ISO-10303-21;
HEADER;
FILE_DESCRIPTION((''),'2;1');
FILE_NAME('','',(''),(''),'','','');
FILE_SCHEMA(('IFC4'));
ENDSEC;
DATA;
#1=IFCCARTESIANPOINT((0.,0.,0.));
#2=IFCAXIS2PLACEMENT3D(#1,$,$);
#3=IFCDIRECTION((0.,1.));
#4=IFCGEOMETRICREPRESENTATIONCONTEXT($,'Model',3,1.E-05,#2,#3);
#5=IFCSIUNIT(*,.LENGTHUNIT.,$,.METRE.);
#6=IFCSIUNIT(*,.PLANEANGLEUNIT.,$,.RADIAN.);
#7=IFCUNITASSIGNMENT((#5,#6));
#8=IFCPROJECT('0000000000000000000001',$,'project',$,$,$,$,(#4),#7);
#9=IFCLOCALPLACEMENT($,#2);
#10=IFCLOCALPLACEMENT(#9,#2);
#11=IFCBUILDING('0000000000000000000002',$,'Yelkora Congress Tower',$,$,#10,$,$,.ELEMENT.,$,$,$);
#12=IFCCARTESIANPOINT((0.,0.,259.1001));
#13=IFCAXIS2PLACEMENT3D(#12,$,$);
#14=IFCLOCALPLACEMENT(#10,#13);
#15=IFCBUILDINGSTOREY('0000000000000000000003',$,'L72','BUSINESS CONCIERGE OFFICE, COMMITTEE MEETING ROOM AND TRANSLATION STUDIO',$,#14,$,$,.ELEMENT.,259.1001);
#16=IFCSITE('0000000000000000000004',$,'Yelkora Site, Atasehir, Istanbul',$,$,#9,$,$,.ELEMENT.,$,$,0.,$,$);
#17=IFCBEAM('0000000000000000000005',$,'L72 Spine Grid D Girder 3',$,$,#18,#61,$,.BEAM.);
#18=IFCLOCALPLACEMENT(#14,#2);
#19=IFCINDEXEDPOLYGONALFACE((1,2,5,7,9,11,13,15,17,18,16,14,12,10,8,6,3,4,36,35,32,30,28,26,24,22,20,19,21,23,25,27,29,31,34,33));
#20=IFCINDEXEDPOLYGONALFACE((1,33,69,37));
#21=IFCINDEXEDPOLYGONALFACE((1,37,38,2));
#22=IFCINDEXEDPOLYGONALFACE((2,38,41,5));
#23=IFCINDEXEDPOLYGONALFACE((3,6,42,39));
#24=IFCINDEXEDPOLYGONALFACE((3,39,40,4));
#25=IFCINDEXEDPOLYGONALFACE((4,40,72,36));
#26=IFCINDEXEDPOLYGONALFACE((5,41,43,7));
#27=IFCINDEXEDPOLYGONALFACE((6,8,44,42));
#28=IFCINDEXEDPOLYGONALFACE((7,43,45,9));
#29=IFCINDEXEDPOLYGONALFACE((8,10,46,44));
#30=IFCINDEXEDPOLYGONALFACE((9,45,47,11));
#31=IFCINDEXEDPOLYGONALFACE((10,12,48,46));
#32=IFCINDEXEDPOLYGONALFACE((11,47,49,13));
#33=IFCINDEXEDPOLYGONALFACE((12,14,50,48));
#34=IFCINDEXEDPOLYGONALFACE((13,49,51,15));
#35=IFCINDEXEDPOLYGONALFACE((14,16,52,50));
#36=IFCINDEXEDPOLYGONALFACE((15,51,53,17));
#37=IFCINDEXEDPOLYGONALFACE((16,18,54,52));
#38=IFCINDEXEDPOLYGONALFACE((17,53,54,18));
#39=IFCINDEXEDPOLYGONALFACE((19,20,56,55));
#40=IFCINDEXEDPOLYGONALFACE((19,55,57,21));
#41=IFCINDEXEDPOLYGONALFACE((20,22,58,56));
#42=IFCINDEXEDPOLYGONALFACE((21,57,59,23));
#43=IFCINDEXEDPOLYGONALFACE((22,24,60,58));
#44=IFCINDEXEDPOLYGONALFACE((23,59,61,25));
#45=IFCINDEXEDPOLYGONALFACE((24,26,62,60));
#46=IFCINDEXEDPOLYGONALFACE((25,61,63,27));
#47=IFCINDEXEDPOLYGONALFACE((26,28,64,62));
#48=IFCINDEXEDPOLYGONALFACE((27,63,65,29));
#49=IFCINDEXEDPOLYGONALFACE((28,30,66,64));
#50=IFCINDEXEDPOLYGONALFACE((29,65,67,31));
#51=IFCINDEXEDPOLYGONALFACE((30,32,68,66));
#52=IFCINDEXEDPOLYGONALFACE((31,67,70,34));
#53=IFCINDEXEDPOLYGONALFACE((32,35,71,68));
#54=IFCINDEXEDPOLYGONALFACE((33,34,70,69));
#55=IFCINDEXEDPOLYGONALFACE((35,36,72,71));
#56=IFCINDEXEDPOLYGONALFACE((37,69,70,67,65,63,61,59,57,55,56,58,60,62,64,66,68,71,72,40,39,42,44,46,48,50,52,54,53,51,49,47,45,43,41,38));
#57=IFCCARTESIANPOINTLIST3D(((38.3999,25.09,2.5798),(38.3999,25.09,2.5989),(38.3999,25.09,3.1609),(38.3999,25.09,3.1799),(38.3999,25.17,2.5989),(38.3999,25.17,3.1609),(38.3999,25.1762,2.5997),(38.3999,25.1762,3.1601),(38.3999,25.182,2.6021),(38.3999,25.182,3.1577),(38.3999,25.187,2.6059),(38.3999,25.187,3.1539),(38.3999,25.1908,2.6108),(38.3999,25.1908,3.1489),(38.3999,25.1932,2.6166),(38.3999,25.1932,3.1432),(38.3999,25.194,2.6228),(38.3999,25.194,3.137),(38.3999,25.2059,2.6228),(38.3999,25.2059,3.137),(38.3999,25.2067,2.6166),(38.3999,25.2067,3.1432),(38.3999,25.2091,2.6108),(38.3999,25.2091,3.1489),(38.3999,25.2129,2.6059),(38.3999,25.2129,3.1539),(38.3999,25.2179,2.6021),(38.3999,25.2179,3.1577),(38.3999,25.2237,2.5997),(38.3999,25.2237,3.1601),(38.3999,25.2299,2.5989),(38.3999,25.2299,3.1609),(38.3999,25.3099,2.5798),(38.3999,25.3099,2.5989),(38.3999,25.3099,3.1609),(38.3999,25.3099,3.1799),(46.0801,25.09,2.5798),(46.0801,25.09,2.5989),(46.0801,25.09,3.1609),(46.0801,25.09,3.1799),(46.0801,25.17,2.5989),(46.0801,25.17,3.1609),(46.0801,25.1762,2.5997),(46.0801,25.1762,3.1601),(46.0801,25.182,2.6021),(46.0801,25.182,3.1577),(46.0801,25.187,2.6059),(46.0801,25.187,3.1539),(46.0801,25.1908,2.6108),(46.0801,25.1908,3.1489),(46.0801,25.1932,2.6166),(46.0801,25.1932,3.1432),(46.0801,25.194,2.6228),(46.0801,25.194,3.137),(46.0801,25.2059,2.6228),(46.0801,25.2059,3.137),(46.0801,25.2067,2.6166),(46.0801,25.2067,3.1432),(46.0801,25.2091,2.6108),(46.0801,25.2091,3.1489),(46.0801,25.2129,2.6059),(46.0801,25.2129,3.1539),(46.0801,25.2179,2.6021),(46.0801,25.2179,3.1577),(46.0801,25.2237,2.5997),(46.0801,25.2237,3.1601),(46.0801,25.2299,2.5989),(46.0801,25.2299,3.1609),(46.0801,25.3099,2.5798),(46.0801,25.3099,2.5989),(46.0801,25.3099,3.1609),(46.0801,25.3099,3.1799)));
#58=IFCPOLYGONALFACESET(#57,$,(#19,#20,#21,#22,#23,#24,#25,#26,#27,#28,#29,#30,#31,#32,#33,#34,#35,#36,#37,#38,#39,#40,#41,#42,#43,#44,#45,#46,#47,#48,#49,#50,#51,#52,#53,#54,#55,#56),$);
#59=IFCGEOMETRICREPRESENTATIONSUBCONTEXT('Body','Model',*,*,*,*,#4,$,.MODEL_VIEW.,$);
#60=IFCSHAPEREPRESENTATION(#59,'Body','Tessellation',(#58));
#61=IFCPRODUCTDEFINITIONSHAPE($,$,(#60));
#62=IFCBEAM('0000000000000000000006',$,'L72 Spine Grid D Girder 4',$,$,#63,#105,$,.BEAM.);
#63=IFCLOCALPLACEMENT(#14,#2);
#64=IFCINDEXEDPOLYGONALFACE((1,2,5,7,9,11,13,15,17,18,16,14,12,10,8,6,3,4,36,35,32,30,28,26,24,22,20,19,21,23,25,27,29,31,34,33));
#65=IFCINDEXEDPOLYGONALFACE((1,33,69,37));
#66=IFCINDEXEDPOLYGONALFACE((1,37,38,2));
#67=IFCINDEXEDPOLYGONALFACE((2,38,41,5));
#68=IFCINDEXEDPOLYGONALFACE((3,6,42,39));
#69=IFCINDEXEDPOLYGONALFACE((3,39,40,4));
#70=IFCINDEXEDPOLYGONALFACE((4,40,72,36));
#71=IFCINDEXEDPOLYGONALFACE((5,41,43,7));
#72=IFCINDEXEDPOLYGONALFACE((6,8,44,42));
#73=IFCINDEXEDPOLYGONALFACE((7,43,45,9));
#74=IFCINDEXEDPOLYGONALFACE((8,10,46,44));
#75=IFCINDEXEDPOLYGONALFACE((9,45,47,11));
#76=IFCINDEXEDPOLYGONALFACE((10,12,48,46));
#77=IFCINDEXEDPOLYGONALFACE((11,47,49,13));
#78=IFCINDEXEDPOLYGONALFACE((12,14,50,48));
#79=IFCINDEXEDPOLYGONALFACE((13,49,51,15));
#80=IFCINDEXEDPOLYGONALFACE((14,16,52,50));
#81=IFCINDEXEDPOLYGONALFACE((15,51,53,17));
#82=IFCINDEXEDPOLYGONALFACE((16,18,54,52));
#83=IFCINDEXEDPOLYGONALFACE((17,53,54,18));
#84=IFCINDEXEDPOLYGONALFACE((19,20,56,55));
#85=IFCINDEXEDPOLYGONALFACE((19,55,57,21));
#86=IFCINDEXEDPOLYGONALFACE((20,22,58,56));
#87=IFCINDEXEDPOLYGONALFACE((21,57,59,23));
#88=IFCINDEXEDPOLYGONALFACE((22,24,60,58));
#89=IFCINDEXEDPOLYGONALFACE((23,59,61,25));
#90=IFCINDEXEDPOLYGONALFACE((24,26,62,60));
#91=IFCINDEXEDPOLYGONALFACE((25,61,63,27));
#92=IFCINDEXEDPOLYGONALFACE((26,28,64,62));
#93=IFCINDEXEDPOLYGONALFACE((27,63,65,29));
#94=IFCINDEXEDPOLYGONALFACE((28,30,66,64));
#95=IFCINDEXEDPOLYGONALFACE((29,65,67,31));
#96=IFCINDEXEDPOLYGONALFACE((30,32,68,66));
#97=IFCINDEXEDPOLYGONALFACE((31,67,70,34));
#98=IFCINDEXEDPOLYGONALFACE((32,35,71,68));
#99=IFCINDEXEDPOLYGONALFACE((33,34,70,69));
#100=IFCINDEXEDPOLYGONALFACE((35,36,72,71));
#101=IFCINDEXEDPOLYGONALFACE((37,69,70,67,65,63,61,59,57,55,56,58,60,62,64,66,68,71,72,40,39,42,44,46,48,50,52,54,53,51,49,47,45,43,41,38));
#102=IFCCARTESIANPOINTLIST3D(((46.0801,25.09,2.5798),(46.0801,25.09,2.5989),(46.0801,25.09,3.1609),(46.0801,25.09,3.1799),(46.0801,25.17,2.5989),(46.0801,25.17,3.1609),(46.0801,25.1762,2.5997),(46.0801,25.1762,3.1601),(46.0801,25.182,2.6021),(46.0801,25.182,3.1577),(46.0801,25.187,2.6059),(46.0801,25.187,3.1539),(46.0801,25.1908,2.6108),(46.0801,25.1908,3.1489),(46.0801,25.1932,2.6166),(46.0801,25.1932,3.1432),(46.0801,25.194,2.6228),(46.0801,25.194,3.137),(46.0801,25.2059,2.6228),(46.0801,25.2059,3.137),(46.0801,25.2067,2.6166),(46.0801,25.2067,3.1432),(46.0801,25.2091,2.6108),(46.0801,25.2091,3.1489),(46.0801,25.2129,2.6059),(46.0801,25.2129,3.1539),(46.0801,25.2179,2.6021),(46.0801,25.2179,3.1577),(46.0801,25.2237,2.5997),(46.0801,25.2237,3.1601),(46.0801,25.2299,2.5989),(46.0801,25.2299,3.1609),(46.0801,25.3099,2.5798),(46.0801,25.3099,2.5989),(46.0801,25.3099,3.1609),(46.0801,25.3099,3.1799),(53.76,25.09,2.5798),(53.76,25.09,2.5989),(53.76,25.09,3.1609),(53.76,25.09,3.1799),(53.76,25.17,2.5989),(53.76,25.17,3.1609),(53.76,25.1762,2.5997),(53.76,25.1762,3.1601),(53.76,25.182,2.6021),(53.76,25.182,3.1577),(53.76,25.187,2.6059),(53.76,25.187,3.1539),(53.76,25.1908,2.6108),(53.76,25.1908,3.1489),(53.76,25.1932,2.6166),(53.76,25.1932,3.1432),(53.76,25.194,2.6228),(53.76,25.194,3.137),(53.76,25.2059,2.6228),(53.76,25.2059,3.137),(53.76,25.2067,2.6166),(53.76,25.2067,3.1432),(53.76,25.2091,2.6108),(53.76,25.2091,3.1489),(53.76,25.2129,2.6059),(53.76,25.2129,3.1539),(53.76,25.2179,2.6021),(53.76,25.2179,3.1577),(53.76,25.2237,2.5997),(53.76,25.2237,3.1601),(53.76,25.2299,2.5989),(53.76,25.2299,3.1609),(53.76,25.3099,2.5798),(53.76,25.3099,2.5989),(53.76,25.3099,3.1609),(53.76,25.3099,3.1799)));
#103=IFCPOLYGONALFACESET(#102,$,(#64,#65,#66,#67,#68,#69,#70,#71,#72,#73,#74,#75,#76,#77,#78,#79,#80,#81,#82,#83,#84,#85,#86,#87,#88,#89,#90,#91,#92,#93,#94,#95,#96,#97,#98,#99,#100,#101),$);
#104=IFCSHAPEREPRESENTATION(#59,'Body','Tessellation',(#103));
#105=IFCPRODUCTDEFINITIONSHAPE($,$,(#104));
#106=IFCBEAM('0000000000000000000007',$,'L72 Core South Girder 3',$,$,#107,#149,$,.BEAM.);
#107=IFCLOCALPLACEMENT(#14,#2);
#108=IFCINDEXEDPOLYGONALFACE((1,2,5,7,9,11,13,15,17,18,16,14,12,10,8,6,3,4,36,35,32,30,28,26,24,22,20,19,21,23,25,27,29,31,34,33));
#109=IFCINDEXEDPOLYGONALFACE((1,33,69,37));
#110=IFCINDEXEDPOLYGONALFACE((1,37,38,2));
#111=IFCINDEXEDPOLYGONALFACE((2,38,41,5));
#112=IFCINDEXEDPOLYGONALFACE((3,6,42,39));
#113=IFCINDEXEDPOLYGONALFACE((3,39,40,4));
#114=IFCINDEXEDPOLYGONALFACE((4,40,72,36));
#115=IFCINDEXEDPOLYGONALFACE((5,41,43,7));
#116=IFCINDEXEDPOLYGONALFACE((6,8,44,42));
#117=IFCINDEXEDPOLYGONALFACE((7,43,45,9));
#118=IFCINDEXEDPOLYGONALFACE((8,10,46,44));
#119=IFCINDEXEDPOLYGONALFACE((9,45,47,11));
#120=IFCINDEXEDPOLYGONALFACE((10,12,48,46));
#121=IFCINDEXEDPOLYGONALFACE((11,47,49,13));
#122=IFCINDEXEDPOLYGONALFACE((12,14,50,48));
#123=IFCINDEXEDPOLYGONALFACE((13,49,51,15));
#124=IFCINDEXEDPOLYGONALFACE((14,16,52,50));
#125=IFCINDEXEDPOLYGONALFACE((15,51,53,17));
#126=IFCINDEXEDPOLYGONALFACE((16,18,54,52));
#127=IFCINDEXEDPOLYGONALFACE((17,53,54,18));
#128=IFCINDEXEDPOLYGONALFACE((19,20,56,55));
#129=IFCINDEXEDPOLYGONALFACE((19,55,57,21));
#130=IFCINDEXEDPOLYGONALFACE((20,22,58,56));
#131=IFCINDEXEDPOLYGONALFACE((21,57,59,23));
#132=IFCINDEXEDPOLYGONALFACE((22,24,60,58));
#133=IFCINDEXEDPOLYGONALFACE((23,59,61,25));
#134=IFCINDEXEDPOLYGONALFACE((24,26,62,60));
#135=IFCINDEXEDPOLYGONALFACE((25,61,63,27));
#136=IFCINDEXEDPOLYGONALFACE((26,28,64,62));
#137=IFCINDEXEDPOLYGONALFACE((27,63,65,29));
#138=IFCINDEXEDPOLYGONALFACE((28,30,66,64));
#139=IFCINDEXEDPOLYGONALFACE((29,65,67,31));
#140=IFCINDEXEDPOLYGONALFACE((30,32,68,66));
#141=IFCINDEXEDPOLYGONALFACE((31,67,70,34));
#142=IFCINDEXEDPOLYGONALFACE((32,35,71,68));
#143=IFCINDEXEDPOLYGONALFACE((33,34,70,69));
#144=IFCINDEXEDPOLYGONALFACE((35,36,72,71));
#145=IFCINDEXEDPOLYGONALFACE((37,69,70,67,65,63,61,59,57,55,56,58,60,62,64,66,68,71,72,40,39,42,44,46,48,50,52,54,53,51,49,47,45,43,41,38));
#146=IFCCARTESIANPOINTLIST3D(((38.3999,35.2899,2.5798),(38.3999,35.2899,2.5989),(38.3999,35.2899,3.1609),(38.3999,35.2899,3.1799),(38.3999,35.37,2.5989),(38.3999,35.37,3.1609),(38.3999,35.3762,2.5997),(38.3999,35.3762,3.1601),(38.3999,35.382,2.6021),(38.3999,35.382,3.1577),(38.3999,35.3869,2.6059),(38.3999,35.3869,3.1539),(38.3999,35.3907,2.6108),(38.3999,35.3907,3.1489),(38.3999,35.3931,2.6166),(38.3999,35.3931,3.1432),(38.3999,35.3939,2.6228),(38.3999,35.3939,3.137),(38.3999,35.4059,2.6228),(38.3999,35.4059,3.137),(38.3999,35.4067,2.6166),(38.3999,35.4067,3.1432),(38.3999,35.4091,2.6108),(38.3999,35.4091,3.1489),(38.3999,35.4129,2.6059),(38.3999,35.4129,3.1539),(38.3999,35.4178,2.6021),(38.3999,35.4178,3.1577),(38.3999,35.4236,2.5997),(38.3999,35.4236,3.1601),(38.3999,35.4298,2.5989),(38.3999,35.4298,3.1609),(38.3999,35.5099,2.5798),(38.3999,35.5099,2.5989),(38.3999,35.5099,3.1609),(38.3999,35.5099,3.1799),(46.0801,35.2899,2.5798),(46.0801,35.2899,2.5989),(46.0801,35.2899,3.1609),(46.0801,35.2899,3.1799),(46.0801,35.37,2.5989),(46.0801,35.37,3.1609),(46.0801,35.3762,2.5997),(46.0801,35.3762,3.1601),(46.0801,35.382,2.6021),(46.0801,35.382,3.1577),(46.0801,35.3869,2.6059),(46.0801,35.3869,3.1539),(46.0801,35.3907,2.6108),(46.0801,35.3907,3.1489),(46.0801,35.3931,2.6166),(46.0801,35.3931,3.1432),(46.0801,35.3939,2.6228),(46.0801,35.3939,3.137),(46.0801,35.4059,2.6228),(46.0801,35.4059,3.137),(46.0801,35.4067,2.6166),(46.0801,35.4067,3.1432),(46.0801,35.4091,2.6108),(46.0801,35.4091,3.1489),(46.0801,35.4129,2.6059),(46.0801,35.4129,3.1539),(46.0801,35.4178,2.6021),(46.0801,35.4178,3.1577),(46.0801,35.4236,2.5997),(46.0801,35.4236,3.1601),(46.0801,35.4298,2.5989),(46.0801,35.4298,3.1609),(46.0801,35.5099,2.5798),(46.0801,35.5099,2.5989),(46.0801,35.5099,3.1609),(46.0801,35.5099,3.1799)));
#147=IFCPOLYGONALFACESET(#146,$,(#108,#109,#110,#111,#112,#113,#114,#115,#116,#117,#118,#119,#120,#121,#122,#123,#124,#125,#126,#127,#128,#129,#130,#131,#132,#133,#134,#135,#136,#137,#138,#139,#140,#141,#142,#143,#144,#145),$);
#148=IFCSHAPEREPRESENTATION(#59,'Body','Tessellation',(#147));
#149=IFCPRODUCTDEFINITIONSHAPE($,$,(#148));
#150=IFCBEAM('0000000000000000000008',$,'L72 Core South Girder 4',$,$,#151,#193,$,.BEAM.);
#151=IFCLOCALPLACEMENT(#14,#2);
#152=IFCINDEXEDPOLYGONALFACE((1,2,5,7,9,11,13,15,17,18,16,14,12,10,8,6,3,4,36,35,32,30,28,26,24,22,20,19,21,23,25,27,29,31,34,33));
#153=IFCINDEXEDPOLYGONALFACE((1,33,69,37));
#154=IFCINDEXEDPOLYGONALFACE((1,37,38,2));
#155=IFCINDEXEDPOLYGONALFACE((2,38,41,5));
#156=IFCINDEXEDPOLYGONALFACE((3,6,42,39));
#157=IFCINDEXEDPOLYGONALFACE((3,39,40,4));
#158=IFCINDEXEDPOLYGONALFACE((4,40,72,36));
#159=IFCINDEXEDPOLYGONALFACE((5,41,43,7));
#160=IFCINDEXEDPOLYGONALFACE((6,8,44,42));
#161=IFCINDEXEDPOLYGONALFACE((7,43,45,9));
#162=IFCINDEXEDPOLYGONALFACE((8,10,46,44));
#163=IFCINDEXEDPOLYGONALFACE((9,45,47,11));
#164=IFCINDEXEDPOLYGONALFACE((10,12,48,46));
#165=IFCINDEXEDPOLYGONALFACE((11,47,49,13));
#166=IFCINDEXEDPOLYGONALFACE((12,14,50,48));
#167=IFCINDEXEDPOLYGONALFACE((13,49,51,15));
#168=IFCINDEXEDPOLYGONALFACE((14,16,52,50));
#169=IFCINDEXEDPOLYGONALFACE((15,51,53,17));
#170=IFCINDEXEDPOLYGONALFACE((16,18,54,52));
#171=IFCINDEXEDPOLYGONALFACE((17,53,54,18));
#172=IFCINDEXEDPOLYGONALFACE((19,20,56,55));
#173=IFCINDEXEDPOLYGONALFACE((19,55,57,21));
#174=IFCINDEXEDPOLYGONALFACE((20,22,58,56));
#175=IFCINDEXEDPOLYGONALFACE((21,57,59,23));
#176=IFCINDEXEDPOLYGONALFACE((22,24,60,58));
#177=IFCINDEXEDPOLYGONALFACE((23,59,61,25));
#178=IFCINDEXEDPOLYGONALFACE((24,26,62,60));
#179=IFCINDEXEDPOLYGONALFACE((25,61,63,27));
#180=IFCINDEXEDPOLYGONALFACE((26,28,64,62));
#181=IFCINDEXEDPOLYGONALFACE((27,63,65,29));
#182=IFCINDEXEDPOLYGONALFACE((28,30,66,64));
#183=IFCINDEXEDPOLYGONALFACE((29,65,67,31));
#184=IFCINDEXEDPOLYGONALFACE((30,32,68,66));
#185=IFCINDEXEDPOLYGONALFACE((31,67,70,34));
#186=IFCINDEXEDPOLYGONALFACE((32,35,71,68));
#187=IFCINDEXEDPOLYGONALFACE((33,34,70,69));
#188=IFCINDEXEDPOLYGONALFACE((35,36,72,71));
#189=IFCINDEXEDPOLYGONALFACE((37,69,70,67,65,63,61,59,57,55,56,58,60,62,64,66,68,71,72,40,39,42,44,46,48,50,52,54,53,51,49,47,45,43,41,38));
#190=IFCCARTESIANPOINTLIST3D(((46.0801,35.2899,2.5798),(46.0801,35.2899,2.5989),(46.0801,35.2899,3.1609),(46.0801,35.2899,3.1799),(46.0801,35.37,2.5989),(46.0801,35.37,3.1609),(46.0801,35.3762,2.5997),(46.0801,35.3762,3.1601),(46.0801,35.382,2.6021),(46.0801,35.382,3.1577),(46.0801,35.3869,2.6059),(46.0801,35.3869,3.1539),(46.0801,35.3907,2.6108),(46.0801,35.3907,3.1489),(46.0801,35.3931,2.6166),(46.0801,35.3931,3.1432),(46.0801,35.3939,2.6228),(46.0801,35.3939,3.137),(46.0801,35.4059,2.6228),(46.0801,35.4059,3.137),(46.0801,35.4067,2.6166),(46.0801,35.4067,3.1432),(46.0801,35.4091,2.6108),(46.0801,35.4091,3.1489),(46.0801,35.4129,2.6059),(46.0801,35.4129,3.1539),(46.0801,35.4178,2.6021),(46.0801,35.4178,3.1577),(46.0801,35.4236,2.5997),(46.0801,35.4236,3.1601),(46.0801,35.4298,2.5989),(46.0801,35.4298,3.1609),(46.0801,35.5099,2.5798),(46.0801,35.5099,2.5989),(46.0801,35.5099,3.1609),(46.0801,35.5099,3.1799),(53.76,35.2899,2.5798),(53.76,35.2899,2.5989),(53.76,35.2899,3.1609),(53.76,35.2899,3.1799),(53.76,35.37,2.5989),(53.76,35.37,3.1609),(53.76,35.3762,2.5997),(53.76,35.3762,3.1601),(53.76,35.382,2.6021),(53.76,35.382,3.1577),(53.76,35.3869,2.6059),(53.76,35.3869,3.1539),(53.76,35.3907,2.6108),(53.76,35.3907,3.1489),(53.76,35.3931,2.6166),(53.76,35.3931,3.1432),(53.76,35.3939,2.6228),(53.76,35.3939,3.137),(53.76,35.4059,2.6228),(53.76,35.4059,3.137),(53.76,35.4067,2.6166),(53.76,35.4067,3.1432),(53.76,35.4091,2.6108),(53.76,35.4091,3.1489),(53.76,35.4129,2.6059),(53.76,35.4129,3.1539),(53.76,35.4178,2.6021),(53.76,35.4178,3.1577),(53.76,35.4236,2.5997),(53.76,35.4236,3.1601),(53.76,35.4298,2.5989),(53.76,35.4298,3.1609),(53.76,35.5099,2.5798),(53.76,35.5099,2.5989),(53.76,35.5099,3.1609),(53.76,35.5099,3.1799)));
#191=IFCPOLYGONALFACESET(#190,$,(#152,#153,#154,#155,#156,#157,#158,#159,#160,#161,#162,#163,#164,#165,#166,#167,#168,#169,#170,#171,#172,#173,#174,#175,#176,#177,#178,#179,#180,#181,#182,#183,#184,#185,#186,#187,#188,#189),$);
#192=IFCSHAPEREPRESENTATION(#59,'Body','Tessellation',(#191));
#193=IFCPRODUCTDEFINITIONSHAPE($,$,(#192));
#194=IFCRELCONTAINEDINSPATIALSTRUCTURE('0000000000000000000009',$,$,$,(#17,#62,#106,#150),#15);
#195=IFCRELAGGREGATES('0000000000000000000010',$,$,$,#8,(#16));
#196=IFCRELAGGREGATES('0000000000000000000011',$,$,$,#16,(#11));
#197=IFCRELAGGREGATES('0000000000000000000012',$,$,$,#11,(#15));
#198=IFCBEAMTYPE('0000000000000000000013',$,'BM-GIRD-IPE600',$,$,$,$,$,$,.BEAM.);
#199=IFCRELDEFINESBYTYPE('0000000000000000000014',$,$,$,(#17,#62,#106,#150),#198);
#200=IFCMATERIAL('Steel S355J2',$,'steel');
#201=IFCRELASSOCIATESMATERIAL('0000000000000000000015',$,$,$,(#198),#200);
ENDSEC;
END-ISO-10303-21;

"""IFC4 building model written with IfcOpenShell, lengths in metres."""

from ifc_helpers import new_model, si_unit, direction, frame, origin, origin_2d, place, context, subcontext, project, spatial, i_section, extrude, material, material_profile, profile_set, type_object, element, save


model = new_model("IFC4")

# Units and contexts
model_context = context("Model", 3, precision=1e-05, world=origin(), true_north=direction((0.0, 1.0)))
body_context = subcontext(model_context, "Body", "Model", "MODEL_VIEW")
ifc_project = project(units=[si_unit("LENGTHUNIT", "METRE"), si_unit("PLANEANGLEUNIT", "RADIAN")], contexts=[model_context])

# Site, building, storey
site_placement = place(None, origin())
site = spatial("IfcSite", under=ifc_project, at=site_placement, Name="Yelkora Site, Atasehir, Istanbul", CompositionType="ELEMENT", RefElevation=0.0)
building_placement = place(site_placement, origin())
building = spatial("IfcBuilding", under=site, at=building_placement, Name="Yelkora Congress Tower", CompositionType="ELEMENT")
storey_placement = place(building_placement, frame((0.0, 0.0, 259.1001)))
storey = spatial("IfcBuildingStorey", under=building, at=storey_placement, Name="L72", Description="BUSINESS CONCIERGE OFFICE, COMMITTEE MEETING ROOM AND TRANSLATION STUDIO", CompositionType="ELEMENT", Elevation=259.1001)

# Beams
ifc_material_1 = material(Name="Steel S355J2", Category="steel")
ifc_material_profile_1 = material_profile(ifc_material_1, i_section(OverallWidth=0.22, OverallDepth=0.6001, WebThickness=0.012, FlangeThickness=0.019, FilletRadius=0.0239, at=origin_2d()), Name="IPE 600")
ifc_profile_set_1 = profile_set([ifc_material_profile_1], Name="Steel S355J2")
beam_type_1 = type_object("IfcBeamType", Name="BM-GIRD-IPE600", PredefinedType="BEAM", material=ifc_profile_set_1)
beam_1_placement = place(storey_placement, frame((38.3999, 25.2, 2.8799), z_axis=(1.0, 0.0, 0.0), x_axis=(0.0, 1.0, 0.0)))
element("IfcBeam", 1, at=beam_1_placement, inside=storey, type_object=beam_type_1, Name="L72 Spine Grid D Girder 3", PredefinedType="BEAM", context=body_context, shape_type="SweptSolid", body=[
    extrude(i_section(OverallWidth=0.22, OverallDepth=0.6001, WebThickness=0.012, FlangeThickness=0.019, FilletRadius=0.0239, at=origin_2d()), origin(), (0.0, 0.0, 1.0), 7.6802),
])
beam_2_placement = place(storey_placement, frame((46.0801, 25.2, 2.8799), z_axis=(1.0, 0.0, 0.0), x_axis=(0.0, 1.0, 0.0)))
element("IfcBeam", 2, at=beam_2_placement, inside=storey, type_object=beam_type_1, Name="L72 Spine Grid D Girder 4", PredefinedType="BEAM", context=body_context, shape_type="SweptSolid", body=[
    extrude(i_section(OverallWidth=0.22, OverallDepth=0.6001, WebThickness=0.012, FlangeThickness=0.019, FilletRadius=0.0239, at=origin_2d()), origin(), (0.0, 0.0, 1.0), 7.6799),
])
beam_3_placement = place(storey_placement, frame((38.3999, 35.3999, 2.8799), z_axis=(1.0, 0.0, 0.0), x_axis=(0.0, 1.0, 0.0)))
element("IfcBeam", 3, at=beam_3_placement, inside=storey, type_object=beam_type_1, Name="L72 Core South Girder 3", PredefinedType="BEAM", context=body_context, shape_type="SweptSolid", body=[
    extrude(i_section(OverallWidth=0.22, OverallDepth=0.6001, WebThickness=0.012, FlangeThickness=0.019, FilletRadius=0.0239, at=origin_2d()), origin(), (0.0, 0.0, 1.0), 7.6802),
])
beam_4_placement = place(storey_placement, frame((46.0801, 35.3999, 2.8799), z_axis=(1.0, 0.0, 0.0), x_axis=(0.0, 1.0, 0.0)))
element("IfcBeam", 4, at=beam_4_placement, inside=storey, type_object=beam_type_1, Name="L72 Core South Girder 4", PredefinedType="BEAM", context=body_context, shape_type="SweptSolid", body=[
    extrude(i_section(OverallWidth=0.22, OverallDepth=0.6001, WebThickness=0.012, FlangeThickness=0.019, FilletRadius=0.0239, at=origin_2d()), origin(), (0.0, 0.0, 1.0), 7.6799),
])

save(model, "model.ifc")
